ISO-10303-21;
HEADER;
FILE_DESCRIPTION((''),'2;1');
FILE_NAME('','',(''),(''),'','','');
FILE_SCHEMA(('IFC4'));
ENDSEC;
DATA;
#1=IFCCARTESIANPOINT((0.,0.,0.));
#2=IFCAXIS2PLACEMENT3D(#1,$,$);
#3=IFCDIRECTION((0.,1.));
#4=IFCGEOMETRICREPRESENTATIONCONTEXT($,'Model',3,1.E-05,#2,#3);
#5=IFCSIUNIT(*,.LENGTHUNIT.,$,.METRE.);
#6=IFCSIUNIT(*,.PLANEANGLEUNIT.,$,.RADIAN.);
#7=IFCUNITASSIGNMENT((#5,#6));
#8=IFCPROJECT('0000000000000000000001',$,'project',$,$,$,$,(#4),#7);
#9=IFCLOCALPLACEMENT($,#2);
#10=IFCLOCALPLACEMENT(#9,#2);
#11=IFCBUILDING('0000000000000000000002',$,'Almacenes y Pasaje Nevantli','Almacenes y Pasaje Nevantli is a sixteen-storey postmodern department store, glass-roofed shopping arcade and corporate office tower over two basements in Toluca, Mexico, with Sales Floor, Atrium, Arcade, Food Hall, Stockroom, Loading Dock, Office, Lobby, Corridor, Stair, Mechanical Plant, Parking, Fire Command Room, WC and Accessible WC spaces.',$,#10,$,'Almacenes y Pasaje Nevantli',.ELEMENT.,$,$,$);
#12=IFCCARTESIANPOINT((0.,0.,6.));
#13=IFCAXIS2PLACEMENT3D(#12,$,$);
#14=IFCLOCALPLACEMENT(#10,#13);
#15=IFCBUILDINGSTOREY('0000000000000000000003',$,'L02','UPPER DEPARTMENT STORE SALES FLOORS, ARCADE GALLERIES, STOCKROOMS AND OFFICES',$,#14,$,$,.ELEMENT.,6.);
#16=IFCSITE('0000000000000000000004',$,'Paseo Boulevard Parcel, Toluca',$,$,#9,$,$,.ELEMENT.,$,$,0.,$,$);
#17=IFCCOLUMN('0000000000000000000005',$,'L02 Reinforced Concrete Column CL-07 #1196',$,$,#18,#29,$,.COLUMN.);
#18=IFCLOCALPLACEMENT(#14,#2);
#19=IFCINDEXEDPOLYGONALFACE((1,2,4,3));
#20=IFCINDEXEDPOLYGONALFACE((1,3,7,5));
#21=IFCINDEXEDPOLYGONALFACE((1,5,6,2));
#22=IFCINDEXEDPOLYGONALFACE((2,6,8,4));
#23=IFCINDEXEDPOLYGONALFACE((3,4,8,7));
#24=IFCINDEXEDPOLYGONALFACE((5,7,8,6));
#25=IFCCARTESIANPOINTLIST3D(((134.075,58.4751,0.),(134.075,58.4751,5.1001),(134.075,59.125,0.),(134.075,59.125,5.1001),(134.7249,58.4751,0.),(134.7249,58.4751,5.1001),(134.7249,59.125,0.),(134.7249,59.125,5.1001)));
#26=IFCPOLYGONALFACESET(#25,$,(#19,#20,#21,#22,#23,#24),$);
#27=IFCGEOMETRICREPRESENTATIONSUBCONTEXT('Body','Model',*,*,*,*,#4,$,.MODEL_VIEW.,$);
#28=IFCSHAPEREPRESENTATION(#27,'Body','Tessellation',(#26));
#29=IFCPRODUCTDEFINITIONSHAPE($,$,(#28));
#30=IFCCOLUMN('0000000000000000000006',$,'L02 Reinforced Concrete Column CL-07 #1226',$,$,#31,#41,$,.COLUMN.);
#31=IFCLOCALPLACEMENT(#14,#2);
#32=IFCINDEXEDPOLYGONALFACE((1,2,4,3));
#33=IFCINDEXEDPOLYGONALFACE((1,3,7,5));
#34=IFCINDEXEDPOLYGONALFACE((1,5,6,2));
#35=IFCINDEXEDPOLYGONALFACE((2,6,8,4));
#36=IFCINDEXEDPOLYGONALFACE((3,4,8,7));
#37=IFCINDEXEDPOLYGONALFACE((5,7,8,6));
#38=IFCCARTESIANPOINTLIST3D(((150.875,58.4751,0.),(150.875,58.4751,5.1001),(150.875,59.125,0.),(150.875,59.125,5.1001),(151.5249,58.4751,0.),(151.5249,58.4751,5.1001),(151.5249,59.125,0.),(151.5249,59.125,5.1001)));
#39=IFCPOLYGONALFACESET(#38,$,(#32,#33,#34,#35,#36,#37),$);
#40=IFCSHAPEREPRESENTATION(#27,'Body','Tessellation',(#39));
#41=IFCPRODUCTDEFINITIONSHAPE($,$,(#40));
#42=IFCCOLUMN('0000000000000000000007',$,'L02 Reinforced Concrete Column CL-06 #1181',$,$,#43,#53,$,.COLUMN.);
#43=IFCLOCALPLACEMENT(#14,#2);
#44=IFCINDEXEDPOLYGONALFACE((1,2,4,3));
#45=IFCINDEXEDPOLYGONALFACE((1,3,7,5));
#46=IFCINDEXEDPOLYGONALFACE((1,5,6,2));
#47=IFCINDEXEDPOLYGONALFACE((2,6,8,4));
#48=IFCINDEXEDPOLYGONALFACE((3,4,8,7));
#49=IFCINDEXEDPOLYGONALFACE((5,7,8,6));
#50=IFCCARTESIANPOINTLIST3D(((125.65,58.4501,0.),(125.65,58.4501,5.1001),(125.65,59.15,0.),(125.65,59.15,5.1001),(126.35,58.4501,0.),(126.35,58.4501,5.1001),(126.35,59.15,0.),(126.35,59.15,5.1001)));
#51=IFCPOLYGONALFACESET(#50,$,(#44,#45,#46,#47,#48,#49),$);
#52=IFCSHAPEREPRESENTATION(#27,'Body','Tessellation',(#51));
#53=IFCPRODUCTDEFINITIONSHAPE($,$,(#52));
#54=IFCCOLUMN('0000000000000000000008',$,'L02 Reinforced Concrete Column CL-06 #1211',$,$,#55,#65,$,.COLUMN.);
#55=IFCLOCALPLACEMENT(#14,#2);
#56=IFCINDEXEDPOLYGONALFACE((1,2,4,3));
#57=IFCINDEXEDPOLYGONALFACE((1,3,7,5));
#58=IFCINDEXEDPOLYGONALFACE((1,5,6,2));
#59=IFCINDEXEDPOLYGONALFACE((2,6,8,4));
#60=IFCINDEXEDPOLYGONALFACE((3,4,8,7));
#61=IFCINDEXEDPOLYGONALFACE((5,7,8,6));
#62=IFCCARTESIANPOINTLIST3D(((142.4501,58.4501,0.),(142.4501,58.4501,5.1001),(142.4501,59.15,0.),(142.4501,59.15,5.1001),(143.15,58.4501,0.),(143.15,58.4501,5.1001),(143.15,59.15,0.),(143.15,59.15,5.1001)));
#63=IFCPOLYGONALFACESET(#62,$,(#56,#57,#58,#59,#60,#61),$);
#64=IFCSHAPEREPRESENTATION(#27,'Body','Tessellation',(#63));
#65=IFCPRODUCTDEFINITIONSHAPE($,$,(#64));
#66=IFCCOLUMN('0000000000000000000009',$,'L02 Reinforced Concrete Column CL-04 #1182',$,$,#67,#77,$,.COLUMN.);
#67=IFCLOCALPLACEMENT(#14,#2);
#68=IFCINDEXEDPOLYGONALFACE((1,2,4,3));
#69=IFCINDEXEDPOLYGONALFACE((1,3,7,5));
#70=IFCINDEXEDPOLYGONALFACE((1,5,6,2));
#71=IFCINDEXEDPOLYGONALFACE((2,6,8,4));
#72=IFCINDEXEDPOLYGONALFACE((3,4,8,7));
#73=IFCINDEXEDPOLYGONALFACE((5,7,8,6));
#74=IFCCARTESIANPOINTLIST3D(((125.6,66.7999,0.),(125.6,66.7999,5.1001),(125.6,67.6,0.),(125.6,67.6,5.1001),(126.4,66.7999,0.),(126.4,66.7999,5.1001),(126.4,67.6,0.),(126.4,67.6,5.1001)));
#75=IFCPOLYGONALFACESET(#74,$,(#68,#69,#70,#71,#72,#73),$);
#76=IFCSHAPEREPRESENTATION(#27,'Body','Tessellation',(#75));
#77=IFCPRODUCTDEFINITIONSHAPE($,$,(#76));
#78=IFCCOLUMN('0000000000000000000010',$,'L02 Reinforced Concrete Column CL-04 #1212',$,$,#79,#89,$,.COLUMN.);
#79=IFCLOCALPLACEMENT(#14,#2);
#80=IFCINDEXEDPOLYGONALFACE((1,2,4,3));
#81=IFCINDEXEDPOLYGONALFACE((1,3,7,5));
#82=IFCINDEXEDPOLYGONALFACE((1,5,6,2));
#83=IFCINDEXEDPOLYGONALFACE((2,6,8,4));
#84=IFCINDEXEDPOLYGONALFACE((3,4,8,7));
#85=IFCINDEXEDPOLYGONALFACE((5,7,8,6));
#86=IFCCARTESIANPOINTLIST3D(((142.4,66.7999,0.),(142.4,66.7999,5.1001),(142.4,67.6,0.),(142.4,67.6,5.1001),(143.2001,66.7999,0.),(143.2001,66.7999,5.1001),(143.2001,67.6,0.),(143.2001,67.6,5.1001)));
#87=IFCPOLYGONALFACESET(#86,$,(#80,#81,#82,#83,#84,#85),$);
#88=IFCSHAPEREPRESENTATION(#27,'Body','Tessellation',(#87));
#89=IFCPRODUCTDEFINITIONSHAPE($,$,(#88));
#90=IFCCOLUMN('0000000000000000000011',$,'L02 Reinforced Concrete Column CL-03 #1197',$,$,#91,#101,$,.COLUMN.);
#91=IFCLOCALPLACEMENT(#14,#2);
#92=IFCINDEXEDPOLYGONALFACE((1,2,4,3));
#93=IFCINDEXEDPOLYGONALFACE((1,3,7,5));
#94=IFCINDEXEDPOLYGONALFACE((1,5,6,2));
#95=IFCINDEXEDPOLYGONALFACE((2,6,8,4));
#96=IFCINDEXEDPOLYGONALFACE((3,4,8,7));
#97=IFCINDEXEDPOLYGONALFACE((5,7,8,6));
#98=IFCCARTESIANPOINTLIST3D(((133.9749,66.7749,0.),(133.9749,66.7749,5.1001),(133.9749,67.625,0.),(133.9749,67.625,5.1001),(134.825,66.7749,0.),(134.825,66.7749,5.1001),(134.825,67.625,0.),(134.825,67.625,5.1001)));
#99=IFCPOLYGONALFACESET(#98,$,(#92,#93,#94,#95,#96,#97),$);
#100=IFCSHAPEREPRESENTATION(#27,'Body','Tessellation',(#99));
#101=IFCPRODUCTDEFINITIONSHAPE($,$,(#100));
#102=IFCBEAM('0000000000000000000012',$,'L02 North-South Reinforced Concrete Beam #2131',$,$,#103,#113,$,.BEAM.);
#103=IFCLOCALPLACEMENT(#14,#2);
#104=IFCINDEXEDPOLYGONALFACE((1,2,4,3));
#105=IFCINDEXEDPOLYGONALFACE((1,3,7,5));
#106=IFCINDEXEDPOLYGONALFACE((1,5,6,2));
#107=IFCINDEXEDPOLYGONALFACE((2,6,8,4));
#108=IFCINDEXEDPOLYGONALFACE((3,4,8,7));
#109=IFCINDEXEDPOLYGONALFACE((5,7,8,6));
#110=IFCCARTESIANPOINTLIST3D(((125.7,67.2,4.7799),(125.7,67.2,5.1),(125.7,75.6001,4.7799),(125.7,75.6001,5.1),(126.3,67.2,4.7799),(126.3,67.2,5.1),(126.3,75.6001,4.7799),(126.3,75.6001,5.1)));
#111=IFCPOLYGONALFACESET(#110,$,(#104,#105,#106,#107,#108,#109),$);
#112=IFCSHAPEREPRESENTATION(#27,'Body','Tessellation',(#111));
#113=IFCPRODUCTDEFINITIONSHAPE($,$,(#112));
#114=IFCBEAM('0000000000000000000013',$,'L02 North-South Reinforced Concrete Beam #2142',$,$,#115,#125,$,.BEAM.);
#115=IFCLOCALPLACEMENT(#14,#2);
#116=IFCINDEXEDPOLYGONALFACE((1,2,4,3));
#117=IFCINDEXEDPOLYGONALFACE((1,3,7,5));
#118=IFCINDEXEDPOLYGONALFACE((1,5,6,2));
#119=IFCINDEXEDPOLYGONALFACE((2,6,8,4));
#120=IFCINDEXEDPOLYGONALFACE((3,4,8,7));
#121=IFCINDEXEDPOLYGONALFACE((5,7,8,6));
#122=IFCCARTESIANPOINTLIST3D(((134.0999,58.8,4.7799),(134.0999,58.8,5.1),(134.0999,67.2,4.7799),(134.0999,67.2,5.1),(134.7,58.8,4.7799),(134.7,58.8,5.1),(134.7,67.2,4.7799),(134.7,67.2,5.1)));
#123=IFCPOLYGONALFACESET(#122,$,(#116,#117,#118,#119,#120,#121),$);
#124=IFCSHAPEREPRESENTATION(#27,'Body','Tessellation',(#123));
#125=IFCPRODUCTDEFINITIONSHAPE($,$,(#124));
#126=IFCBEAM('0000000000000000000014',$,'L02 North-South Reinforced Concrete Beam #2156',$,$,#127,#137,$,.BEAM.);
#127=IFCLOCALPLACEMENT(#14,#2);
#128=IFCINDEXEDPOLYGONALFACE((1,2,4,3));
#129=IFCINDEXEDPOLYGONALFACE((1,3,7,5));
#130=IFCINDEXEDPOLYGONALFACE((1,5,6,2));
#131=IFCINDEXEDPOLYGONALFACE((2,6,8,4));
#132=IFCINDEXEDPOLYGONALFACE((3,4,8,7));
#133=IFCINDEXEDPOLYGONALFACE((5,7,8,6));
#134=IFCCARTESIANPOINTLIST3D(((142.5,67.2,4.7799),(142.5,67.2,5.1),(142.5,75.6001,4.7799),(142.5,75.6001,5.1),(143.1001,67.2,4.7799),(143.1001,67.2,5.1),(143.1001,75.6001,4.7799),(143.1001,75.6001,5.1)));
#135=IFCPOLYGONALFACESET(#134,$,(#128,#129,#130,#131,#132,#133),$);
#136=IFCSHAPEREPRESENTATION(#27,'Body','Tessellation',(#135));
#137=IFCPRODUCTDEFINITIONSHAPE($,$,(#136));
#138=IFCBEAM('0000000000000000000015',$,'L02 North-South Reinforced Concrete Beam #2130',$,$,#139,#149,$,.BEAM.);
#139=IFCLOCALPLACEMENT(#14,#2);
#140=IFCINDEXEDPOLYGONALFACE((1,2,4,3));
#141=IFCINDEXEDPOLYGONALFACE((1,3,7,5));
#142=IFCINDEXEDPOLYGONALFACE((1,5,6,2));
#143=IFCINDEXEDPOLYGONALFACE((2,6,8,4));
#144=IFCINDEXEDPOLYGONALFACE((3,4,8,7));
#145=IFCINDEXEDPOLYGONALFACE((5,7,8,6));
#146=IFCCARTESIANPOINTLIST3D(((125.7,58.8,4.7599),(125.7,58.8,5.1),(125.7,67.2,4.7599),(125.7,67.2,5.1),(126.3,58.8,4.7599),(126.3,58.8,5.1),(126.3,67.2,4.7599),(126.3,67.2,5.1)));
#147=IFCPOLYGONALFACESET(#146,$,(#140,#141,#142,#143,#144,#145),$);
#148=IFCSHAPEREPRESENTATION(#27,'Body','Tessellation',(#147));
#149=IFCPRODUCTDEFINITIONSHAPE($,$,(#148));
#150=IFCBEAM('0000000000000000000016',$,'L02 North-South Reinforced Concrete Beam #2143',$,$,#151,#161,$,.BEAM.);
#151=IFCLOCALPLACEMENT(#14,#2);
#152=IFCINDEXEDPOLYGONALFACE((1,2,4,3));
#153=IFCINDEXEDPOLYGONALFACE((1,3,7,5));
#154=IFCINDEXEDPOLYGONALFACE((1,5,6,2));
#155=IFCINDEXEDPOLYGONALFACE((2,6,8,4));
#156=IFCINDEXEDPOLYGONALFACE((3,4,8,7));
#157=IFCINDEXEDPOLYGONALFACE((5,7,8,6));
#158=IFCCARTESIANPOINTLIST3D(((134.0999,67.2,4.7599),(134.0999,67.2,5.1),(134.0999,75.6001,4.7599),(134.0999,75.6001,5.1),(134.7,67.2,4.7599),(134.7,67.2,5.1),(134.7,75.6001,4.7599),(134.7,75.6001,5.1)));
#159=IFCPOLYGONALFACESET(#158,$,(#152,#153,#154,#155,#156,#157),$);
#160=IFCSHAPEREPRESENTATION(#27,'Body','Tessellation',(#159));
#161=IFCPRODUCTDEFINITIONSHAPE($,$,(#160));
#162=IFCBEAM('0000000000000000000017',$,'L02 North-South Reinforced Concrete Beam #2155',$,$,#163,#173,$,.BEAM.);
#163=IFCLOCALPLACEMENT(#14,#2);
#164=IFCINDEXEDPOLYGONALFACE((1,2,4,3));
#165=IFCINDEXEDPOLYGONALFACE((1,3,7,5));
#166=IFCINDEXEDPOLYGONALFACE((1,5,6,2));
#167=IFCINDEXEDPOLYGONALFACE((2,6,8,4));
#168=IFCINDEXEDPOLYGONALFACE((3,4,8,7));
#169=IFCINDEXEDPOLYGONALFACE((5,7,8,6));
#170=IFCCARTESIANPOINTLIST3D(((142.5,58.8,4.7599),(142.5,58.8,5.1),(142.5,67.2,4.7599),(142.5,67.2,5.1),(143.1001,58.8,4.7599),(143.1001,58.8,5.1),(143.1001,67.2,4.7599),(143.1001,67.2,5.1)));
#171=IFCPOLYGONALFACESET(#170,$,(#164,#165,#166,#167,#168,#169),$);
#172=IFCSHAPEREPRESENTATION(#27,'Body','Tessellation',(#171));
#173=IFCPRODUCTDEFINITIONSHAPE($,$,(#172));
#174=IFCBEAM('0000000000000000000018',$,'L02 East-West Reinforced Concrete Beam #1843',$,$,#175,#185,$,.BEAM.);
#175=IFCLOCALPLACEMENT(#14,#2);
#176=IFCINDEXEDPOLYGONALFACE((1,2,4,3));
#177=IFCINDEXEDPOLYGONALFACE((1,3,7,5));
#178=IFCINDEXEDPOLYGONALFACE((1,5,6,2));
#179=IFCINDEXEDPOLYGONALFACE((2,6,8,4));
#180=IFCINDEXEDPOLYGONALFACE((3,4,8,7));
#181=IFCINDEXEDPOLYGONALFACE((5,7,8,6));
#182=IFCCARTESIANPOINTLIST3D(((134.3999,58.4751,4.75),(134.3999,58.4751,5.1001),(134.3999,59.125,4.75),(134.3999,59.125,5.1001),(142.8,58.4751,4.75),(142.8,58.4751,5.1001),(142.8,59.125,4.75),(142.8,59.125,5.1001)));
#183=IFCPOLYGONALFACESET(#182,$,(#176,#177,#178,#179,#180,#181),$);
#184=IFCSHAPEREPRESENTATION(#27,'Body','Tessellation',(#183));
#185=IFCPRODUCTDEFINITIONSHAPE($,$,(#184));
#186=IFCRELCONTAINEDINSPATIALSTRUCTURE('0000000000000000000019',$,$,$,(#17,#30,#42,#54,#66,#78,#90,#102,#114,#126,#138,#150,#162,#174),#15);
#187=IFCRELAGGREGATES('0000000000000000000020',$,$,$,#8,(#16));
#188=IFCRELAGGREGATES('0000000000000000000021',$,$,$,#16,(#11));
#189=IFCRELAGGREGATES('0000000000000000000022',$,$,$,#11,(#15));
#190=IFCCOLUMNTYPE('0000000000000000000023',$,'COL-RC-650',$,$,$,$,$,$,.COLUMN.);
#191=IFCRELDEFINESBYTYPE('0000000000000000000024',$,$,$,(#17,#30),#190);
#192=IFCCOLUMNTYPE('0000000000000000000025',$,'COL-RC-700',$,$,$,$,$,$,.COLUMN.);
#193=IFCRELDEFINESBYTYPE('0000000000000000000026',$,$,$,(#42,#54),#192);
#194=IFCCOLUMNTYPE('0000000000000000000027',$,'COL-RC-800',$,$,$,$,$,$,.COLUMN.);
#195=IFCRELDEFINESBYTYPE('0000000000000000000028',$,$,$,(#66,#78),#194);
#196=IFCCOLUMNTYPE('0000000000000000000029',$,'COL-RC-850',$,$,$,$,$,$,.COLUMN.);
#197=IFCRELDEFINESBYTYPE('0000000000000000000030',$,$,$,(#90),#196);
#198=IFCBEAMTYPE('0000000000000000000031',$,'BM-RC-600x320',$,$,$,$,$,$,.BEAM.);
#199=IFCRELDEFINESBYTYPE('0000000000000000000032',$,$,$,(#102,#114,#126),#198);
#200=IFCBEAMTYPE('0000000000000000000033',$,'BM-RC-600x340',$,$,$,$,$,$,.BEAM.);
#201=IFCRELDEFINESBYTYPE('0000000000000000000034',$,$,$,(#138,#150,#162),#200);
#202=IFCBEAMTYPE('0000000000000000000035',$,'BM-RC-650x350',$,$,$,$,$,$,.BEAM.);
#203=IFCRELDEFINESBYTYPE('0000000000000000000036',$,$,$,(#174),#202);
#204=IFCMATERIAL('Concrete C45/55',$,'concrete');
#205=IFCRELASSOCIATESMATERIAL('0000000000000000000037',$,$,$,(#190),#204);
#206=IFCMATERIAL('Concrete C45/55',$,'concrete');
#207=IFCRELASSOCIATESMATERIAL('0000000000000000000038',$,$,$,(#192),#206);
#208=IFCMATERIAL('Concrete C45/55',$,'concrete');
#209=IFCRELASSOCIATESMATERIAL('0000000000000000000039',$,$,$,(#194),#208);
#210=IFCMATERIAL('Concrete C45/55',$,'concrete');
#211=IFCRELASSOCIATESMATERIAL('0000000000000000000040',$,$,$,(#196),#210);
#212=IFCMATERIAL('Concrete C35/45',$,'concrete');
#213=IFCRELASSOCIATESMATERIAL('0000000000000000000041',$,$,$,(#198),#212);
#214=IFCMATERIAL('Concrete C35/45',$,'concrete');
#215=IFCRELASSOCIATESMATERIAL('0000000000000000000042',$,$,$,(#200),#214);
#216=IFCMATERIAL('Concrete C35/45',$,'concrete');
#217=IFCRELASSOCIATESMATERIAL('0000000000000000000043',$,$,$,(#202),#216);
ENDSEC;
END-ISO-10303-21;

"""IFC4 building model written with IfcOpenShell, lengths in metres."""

from ifc_helpers import new_model, si_unit, direction, frame, origin, origin_2d, place, context, subcontext, project, spatial, rectangle, extrude, material, material_profile, profile_set, type_object, element, save


model = new_model("IFC4")

# Units and contexts
model_context = context("Model", 3, precision=1e-05, world=origin(), true_north=direction((0.0, 1.0)))
body_context = subcontext(model_context, "Body", "Model", "MODEL_VIEW")
ifc_project = project(units=[si_unit("LENGTHUNIT", "METRE"), si_unit("PLANEANGLEUNIT", "RADIAN")], contexts=[model_context])

# Site, building, storey
site_placement = place(None, origin())
site = spatial("IfcSite", under=ifc_project, at=site_placement, Name="Paseo Boulevard Parcel, Toluca", CompositionType="ELEMENT", RefElevation=0.0)
building_placement = place(site_placement, origin())
building = spatial("IfcBuilding", under=site, at=building_placement, Name="Almacenes y Pasaje Nevantli", Description="Almacenes y Pasaje Nevantli is a sixteen-storey postmodern department store, glass-roofed shopping arcade and corporate office tower over two basements in Toluca, Mexico, with Sales Floor, Atrium, Arcade, Food Hall, Stockroom, Loading Dock, Office, Lobby, Corridor, Stair, Mechanical Plant, Parking, Fire Command Room, WC and Accessible WC spaces.", LongName="Almacenes y Pasaje Nevantli", CompositionType="ELEMENT")
storey_placement = place(building_placement, frame((0.0, 0.0, 6.0)))
storey = spatial("IfcBuildingStorey", under=building, at=storey_placement, Name="L02", Description="UPPER DEPARTMENT STORE SALES FLOORS, ARCADE GALLERIES, STOCKROOMS AND OFFICES", CompositionType="ELEMENT", Elevation=6.0)

# Columns
ifc_material_1 = material(Name="Concrete C45/55", Category="concrete")
ifc_material_profile_1 = material_profile(ifc_material_1, rectangle(XDim=0.6499, YDim=0.6499, at=origin_2d()), Name="RC-COL-650x650")
ifc_profile_set_1 = profile_set([ifc_material_profile_1], Name="Concrete C45/55")
column_type_1 = type_object("IfcColumnType", Name="COL-RC-650", PredefinedType="COLUMN", material=ifc_profile_set_1)
for number, where, z_axis, x_axis, name in (
    (1, (134.3999, 58.8, 0.0), (0.0, 0.0, 1.0), (1.0, 0.0, 0.0), "L02 Reinforced Concrete Column CL-07 #1196"),
    (2, (151.2, 58.8, 0.0), (0.0, 0.0, 1.0), (1.0, 0.0, 0.0), "L02 Reinforced Concrete Column CL-07 #1226"),
):
    element("IfcColumn", number, at=place(storey_placement, frame(where, z_axis=z_axis, x_axis=x_axis)), inside=storey, type_object=column_type_1, Name=name, PredefinedType="COLUMN", context=body_context, shape_type="SweptSolid", body=[
        extrude(rectangle(XDim=0.6499, YDim=0.6499, at=origin_2d()), origin(), (0.0, 0.0, 1.0), 5.1001),
    ])
ifc_material_2 = material(Name="Concrete C45/55", Category="concrete")
ifc_material_profile_2 = material_profile(ifc_material_2, rectangle(XDim=0.7, YDim=0.7, at=origin_2d()), Name="RC-COL-700x700")
ifc_profile_set_2 = profile_set([ifc_material_profile_2], Name="Concrete C45/55")
column_type_2 = type_object("IfcColumnType", Name="COL-RC-700", PredefinedType="COLUMN", material=ifc_profile_set_2)
for number, where, z_axis, x_axis, name in (
    (3, (126.0, 58.8, 0.0), (0.0, 0.0, 1.0), (1.0, 0.0, 0.0), "L02 Reinforced Concrete Column CL-06 #1181"),
    (4, (142.8, 58.8, 0.0), (0.0, 0.0, 1.0), (1.0, 0.0, 0.0), "L02 Reinforced Concrete Column CL-06 #1211"),
):
    element("IfcColumn", number, at=place(storey_placement, frame(where, z_axis=z_axis, x_axis=x_axis)), inside=storey, type_object=column_type_2, Name=name, PredefinedType="COLUMN", context=body_context, shape_type="SweptSolid", body=[
        extrude(rectangle(XDim=0.7, YDim=0.7, at=origin_2d()), origin(), (0.0, 0.0, 1.0), 5.1001),
    ])
ifc_material_3 = material(Name="Concrete C45/55", Category="concrete")
ifc_material_profile_3 = material_profile(ifc_material_3, rectangle(XDim=0.8, YDim=0.8, at=origin_2d()), Name="RC-COL-800x800")
ifc_profile_set_3 = profile_set([ifc_material_profile_3], Name="Concrete C45/55")
column_type_3 = type_object("IfcColumnType", Name="COL-RC-800", PredefinedType="COLUMN", material=ifc_profile_set_3)
for number, where, z_axis, x_axis, name in (
    (5, (126.0, 67.2, 0.0), (0.0, 0.0, 1.0), (1.0, 0.0, 0.0), "L02 Reinforced Concrete Column CL-04 #1182"),
    (6, (142.8, 67.2, 0.0), (0.0, 0.0, 1.0), (1.0, 0.0, 0.0), "L02 Reinforced Concrete Column CL-04 #1212"),
):
    element("IfcColumn", number, at=place(storey_placement, frame(where, z_axis=z_axis, x_axis=x_axis)), inside=storey, type_object=column_type_3, Name=name, PredefinedType="COLUMN", context=body_context, shape_type="SweptSolid", body=[
        extrude(rectangle(XDim=0.8, YDim=0.8, at=origin_2d()), origin(), (0.0, 0.0, 1.0), 5.1001),
    ])
ifc_material_4 = material(Name="Concrete C45/55", Category="concrete")
ifc_material_profile_4 = material_profile(ifc_material_4, rectangle(XDim=0.8501, YDim=0.8501, at=origin_2d()), Name="RC-COL-850x850")
ifc_profile_set_4 = profile_set([ifc_material_profile_4], Name="Concrete C45/55")
column_type_4 = type_object("IfcColumnType", Name="COL-RC-850", PredefinedType="COLUMN", material=ifc_profile_set_4)
column_placement = place(storey_placement, frame((134.3999, 67.2, 0.0), z_axis=(0.0, 0.0, 1.0), x_axis=(1.0, 0.0, 0.0)))
element("IfcColumn", 7, at=column_placement, inside=storey, type_object=column_type_4, Name="L02 Reinforced Concrete Column CL-03 #1197", PredefinedType="COLUMN", context=body_context, shape_type="SweptSolid", body=[
    extrude(rectangle(XDim=0.8501, YDim=0.8501, at=origin_2d()), origin(), (0.0, 0.0, 1.0), 5.1001),
])

# Beams
ifc_material_5 = material(Name="Concrete C35/45", Category="concrete")
ifc_material_profile_5 = material_profile(ifc_material_5, rectangle(XDim=0.6001, YDim=0.3201, at=origin_2d()), Name="RC-BM-600x320")
ifc_profile_set_5 = profile_set([ifc_material_profile_5], Name="Concrete C35/45")
beam_type_1 = type_object("IfcBeamType", Name="BM-RC-600x320", PredefinedType="BEAM", material=ifc_profile_set_5)
beam_1_placement = place(storey_placement, frame((126.0, 67.2, 4.9399), z_axis=(0.0, 1.0, 0.0), x_axis=(-1.0, 0.0, 0.0)))
element("IfcBeam", 8, at=beam_1_placement, inside=storey, type_object=beam_type_1, Name="L02 North-South Reinforced Concrete Beam #2131", PredefinedType="BEAM", context=body_context, shape_type="SweptSolid", body=[
    extrude(rectangle(XDim=0.6001, YDim=0.3201, at=origin_2d()), origin(), (0.0, 0.0, 1.0), 8.4001),
])
beam_2_placement = place(storey_placement, frame((134.3999, 58.8, 4.9399), z_axis=(0.0, 1.0, 0.0), x_axis=(-1.0, 0.0, 0.0)))
element("IfcBeam", 9, at=beam_2_placement, inside=storey, type_object=beam_type_1, Name="L02 North-South Reinforced Concrete Beam #2142", PredefinedType="BEAM", context=body_context, shape_type="SweptSolid", body=[
    extrude(rectangle(XDim=0.6001, YDim=0.3201, at=origin_2d()), origin(), (0.0, 0.0, 1.0), 8.3999),
])
beam_3_placement = place(storey_placement, frame((142.8, 67.2, 4.9399), z_axis=(0.0, 1.0, 0.0), x_axis=(-1.0, 0.0, 0.0)))
element("IfcBeam", 10, at=beam_3_placement, inside=storey, type_object=beam_type_1, Name="L02 North-South Reinforced Concrete Beam #2156", PredefinedType="BEAM", context=body_context, shape_type="SweptSolid", body=[
    extrude(rectangle(XDim=0.6001, YDim=0.3201, at=origin_2d()), origin(), (0.0, 0.0, 1.0), 8.4001),
])
ifc_material_6 = material(Name="Concrete C35/45", Category="concrete")
ifc_material_profile_6 = material_profile(ifc_material_6, rectangle(XDim=0.6001, YDim=0.3401, at=origin_2d()), Name="RC-BM-600x340")
ifc_profile_set_6 = profile_set([ifc_material_profile_6], Name="Concrete C35/45")
beam_type_2 = type_object("IfcBeamType", Name="BM-RC-600x340", PredefinedType="BEAM", material=ifc_profile_set_6)
beam_4_placement = place(storey_placement, frame((126.0, 58.8, 4.9299), z_axis=(0.0, 1.0, 0.0), x_axis=(-1.0, 0.0, 0.0)))
element("IfcBeam", 11, at=beam_4_placement, inside=storey, type_object=beam_type_2, Name="L02 North-South Reinforced Concrete Beam #2130", PredefinedType="BEAM", context=body_context, shape_type="SweptSolid", body=[
    extrude(rectangle(XDim=0.6001, YDim=0.3401, at=origin_2d()), origin(), (0.0, 0.0, 1.0), 8.3999),
])
beam_5_placement = place(storey_placement, frame((134.3999, 67.2, 4.9299), z_axis=(0.0, 1.0, 0.0), x_axis=(-1.0, 0.0, 0.0)))
element("IfcBeam", 12, at=beam_5_placement, inside=storey, type_object=beam_type_2, Name="L02 North-South Reinforced Concrete Beam #2143", PredefinedType="BEAM", context=body_context, shape_type="SweptSolid", body=[
    extrude(rectangle(XDim=0.6001, YDim=0.3401, at=origin_2d()), origin(), (0.0, 0.0, 1.0), 8.4001),
])
beam_6_placement = place(storey_placement, frame((142.8, 58.8, 4.9299), z_axis=(0.0, 1.0, 0.0), x_axis=(-1.0, 0.0, 0.0)))
element("IfcBeam", 13, at=beam_6_placement, inside=storey, type_object=beam_type_2, Name="L02 North-South Reinforced Concrete Beam #2155", PredefinedType="BEAM", context=body_context, shape_type="SweptSolid", body=[
    extrude(rectangle(XDim=0.6001, YDim=0.3401, at=origin_2d()), origin(), (0.0, 0.0, 1.0), 8.3999),
])
ifc_material_7 = material(Name="Concrete C35/45", Category="concrete")
ifc_material_profile_7 = material_profile(ifc_material_7, rectangle(XDim=0.6499, YDim=0.3501, at=origin_2d()), Name="RC-BM-650x350")
ifc_profile_set_7 = profile_set([ifc_material_profile_7], Name="Concrete C35/45")
beam_type_3 = type_object("IfcBeamType", Name="BM-RC-650x350", PredefinedType="BEAM", material=ifc_profile_set_7)
for number, where, z_axis, x_axis, name in (
    (14, (134.3999, 58.8, 4.925), (1.0, 0.0, 0.0), (0.0, 1.0, 0.0), "L02 East-West Reinforced Concrete Beam #1843"),
):
    element("IfcBeam", number, at=place(storey_placement, frame(where, z_axis=z_axis, x_axis=x_axis)), inside=storey, type_object=beam_type_3, Name=name, PredefinedType="BEAM", context=body_context, shape_type="SweptSolid", body=[
        extrude(rectangle(XDim=0.6499, YDim=0.3501, at=origin_2d()), origin(), (0.0, 0.0, 1.0), 8.4001),
    ])

save(model, "model.ifc")
